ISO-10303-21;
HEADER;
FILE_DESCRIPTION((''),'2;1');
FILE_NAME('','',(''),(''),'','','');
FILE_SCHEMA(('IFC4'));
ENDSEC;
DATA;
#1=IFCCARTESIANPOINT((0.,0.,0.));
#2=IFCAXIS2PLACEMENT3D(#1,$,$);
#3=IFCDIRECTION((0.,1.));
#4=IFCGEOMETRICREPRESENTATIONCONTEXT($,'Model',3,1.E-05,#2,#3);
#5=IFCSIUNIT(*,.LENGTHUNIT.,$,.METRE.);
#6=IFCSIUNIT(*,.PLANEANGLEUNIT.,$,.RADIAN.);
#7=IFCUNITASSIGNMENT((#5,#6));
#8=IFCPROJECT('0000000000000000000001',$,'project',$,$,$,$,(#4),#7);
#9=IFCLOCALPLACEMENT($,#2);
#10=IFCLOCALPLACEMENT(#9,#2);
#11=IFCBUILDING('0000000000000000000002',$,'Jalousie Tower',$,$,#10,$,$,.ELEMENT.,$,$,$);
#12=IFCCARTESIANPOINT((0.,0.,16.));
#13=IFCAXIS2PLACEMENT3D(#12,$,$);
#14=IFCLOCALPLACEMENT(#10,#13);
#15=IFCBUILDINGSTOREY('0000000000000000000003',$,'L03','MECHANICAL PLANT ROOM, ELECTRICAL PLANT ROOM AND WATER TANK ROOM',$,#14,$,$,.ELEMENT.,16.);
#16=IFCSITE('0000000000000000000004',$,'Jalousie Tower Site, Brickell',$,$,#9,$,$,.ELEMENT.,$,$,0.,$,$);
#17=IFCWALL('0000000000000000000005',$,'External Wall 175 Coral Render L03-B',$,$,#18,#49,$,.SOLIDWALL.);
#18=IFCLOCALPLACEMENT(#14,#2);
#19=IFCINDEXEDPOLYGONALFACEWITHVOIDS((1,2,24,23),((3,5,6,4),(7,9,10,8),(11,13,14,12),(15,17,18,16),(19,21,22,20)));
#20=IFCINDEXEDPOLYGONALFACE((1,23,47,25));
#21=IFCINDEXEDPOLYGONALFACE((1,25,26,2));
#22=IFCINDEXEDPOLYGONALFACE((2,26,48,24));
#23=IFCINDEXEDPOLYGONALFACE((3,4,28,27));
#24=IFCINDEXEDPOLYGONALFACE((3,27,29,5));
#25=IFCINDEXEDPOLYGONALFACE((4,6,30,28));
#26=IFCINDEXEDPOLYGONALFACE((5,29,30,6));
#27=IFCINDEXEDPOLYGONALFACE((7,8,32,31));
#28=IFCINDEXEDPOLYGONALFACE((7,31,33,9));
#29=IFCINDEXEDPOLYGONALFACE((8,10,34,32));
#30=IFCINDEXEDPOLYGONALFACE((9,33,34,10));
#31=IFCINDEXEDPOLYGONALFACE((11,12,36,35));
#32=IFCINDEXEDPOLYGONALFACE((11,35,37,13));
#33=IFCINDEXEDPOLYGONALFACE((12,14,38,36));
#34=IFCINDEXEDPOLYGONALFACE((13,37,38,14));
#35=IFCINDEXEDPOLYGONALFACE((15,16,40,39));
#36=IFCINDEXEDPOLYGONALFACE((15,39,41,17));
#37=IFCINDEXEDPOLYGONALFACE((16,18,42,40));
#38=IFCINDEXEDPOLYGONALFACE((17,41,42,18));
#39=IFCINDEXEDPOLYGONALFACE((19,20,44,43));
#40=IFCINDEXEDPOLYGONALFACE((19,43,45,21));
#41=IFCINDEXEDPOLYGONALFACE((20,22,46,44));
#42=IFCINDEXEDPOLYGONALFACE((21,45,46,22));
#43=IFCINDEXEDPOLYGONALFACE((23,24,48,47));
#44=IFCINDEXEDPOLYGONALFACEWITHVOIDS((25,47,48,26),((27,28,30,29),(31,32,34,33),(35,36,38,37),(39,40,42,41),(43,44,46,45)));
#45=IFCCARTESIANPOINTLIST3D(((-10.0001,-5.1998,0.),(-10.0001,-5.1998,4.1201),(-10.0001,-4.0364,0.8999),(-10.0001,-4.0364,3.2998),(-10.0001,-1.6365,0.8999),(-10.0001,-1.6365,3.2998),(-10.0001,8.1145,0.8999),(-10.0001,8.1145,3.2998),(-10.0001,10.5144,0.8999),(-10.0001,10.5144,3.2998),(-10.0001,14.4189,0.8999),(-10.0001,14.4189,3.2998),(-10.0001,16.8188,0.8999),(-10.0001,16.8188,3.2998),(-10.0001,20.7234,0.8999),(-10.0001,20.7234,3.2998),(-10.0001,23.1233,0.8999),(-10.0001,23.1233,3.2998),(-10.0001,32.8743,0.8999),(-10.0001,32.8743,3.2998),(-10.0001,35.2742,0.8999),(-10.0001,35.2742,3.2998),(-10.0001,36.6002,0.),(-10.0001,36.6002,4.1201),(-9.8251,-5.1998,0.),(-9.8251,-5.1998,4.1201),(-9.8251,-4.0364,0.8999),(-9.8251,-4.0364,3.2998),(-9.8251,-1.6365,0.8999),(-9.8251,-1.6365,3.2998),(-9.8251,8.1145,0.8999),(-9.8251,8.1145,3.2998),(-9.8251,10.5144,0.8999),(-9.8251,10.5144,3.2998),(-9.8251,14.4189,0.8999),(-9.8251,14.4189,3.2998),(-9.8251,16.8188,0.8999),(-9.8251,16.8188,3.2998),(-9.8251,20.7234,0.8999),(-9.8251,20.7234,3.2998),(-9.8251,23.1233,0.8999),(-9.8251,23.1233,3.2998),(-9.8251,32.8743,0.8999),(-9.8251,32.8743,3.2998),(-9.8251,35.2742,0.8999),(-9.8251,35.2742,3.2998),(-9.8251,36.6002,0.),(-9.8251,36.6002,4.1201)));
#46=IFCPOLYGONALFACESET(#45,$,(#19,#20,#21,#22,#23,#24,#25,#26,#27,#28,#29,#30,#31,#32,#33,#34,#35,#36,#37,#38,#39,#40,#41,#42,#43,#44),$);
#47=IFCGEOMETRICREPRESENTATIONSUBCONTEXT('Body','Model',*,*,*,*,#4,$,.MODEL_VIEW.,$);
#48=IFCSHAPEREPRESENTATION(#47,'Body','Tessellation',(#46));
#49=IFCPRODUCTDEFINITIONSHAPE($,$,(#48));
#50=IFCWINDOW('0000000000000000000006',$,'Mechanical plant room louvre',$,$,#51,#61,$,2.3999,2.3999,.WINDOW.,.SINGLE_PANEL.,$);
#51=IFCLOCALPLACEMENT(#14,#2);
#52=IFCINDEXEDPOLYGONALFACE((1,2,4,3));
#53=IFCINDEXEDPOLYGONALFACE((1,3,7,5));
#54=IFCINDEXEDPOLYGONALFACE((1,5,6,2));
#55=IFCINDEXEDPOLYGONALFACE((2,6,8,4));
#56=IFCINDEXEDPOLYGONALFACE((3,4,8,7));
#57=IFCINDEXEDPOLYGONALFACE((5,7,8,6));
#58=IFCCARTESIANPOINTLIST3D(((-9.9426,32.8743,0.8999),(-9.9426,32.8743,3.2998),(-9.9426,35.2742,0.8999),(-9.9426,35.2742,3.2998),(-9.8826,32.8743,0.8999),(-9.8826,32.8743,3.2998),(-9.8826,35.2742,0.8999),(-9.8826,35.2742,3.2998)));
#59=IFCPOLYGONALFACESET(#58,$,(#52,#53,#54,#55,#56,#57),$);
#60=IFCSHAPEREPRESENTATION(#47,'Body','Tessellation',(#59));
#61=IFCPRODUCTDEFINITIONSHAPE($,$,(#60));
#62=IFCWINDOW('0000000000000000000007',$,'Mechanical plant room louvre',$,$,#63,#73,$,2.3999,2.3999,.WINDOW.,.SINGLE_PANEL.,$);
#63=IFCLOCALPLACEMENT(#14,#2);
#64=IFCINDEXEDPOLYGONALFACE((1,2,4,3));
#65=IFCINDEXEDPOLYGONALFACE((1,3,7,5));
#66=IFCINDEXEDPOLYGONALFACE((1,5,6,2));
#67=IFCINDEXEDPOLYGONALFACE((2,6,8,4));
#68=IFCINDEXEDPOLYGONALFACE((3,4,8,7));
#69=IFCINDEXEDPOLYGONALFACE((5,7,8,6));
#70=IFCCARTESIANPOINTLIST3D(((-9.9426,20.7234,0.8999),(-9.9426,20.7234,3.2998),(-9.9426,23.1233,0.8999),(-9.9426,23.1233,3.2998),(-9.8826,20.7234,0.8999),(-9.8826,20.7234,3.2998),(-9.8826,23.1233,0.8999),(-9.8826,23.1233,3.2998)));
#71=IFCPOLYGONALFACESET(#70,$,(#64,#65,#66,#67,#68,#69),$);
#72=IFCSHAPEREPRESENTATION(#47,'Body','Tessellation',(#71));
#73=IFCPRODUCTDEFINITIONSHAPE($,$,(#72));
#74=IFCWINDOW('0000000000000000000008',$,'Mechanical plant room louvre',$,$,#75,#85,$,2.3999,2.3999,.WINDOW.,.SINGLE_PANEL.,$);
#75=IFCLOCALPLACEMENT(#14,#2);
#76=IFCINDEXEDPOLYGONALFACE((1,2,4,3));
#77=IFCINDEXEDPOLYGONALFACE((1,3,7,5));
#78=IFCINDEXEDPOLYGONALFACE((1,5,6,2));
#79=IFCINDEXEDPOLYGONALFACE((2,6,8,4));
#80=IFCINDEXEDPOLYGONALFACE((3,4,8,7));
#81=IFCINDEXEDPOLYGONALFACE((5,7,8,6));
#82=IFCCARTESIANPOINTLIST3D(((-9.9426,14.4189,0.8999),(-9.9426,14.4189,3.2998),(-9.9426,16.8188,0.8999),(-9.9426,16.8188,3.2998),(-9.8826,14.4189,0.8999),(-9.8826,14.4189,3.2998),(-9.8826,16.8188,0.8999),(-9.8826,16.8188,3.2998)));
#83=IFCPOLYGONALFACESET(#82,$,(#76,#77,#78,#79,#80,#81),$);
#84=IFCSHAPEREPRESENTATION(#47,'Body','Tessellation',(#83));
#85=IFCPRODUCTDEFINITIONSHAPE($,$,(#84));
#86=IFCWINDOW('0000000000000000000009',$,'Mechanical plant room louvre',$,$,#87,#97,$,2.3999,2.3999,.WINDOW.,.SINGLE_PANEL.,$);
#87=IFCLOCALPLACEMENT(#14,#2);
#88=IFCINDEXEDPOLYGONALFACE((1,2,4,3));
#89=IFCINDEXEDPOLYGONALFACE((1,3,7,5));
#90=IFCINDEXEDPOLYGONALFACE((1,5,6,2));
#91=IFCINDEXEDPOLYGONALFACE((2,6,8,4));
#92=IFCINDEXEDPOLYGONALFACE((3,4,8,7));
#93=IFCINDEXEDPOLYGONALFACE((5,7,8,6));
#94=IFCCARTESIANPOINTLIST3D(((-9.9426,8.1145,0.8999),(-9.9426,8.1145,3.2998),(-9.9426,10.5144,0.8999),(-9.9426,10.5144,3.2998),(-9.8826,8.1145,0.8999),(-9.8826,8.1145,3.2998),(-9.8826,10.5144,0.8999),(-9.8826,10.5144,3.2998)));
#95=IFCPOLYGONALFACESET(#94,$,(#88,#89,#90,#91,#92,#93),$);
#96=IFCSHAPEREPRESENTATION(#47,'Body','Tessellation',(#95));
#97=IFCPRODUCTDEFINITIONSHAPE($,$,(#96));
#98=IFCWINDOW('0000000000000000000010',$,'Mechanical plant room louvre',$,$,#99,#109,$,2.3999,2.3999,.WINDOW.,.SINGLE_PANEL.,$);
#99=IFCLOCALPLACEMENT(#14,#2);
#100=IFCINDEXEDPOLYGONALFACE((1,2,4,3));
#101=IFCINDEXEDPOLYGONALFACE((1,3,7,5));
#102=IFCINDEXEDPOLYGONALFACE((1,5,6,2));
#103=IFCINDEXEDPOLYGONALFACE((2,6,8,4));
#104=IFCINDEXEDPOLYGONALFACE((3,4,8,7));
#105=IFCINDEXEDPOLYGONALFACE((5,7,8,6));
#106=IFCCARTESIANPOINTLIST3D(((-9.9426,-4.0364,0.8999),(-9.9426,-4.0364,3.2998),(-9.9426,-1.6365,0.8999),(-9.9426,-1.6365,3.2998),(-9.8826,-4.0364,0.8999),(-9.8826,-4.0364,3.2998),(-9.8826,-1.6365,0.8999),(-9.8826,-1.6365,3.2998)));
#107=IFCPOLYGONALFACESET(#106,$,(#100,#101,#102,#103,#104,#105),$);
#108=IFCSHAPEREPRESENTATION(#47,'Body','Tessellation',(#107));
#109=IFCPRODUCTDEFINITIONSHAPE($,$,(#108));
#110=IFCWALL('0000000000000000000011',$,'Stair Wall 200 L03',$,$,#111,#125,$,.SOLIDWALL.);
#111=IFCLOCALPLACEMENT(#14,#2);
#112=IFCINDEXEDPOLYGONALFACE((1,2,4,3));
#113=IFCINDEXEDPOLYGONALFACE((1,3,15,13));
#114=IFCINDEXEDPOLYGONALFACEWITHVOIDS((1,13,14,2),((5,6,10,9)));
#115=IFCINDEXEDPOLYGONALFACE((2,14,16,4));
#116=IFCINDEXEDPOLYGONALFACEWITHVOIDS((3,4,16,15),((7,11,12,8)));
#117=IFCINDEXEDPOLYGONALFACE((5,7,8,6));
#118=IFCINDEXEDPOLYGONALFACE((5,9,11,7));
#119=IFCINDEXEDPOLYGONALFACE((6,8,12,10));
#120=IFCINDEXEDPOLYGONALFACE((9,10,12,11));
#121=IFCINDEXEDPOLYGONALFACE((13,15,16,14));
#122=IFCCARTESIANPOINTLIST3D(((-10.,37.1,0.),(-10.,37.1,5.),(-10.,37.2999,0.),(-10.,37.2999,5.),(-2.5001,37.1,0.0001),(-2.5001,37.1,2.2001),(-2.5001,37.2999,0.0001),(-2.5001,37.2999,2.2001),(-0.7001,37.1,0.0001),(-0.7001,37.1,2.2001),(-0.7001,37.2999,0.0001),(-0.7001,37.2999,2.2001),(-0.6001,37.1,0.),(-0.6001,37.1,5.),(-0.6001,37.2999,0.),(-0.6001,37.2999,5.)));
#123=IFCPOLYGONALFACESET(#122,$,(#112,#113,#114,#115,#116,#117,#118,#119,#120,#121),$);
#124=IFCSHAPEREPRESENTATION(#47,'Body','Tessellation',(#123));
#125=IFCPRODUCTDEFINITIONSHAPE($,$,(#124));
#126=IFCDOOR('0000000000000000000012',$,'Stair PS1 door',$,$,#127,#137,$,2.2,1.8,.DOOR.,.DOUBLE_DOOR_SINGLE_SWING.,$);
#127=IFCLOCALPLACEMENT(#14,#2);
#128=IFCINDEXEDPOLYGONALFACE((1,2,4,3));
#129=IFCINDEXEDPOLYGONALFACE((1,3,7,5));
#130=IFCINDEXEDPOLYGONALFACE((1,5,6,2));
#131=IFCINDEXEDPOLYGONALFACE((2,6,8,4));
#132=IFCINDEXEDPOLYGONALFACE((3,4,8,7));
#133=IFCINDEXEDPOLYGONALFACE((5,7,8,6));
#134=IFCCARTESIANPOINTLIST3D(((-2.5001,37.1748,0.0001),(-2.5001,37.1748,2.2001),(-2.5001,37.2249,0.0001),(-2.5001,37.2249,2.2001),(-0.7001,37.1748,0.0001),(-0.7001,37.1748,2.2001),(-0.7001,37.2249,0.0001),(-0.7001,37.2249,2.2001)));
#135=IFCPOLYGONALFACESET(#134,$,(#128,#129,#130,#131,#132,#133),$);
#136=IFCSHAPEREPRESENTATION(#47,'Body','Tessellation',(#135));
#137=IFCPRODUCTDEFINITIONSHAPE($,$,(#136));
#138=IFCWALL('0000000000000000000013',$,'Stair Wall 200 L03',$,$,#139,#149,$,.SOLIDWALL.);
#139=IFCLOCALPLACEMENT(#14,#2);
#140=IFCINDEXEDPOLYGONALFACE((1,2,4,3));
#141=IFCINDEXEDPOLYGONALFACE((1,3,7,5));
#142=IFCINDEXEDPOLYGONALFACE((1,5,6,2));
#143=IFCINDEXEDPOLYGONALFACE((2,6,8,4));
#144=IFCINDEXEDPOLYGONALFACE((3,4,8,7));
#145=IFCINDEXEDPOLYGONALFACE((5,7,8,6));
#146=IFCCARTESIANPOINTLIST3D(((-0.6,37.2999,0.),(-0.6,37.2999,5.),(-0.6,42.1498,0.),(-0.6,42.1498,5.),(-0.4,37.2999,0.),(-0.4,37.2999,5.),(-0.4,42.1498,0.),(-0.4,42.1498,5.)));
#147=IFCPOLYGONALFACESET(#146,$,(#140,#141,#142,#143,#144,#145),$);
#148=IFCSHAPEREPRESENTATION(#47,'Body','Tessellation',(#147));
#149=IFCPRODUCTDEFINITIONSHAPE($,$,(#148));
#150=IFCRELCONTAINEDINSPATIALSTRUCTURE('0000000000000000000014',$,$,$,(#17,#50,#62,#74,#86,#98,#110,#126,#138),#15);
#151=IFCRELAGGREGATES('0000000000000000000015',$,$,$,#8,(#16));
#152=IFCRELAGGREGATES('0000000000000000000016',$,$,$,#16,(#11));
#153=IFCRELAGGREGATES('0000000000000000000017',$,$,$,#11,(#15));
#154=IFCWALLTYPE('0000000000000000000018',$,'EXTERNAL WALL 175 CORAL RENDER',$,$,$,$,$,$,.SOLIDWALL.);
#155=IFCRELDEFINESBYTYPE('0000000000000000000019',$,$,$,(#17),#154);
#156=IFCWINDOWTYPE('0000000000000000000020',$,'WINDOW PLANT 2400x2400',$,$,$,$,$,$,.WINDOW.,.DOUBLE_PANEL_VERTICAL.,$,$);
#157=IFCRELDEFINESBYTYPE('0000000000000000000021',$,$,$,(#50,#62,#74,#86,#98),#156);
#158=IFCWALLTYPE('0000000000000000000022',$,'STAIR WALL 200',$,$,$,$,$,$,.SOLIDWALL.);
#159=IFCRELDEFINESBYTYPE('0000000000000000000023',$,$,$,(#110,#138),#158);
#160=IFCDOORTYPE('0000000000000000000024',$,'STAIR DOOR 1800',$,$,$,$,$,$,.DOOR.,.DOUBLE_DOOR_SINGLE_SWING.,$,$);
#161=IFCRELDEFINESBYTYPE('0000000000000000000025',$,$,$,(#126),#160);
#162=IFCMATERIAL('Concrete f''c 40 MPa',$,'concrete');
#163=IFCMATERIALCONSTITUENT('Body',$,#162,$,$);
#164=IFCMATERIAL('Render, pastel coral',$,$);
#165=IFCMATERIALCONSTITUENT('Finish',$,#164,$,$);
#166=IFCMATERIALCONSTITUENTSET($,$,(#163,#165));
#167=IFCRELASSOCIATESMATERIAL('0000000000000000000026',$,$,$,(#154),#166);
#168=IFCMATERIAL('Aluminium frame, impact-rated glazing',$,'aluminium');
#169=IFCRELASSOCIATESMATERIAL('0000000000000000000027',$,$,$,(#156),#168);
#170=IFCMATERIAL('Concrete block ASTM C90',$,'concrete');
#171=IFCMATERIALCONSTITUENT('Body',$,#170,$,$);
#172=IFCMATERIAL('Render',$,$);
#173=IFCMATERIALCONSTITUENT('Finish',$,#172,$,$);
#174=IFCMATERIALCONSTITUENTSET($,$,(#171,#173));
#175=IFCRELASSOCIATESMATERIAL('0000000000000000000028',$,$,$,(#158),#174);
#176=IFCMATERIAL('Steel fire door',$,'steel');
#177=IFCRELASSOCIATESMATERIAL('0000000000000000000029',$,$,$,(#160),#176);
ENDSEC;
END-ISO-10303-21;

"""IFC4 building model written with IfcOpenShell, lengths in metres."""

from ifc_helpers import new_model, si_unit, direction, frame, frame_2d, origin, place, context, subcontext, project, spatial, rectangle, extrude, material, constituent, constituent_set, type_object, element, fill, save


model = new_model("IFC4")

# Units and contexts
model_context = context("Model", 3, precision=1e-05, world=origin(), true_north=direction((0.0, 1.0)))
body_context = subcontext(model_context, "Body", "Model", "MODEL_VIEW")
ifc_project = project(units=[si_unit("LENGTHUNIT", "METRE"), si_unit("PLANEANGLEUNIT", "RADIAN")], contexts=[model_context])

# Site, building, storey
site_placement = place(None, origin())
site = spatial("IfcSite", under=ifc_project, at=site_placement, Name="Jalousie Tower Site, Brickell", CompositionType="ELEMENT", RefElevation=0.0)
building_placement = place(site_placement, origin())
building = spatial("IfcBuilding", under=site, at=building_placement, Name="Jalousie Tower", CompositionType="ELEMENT")
storey_placement = place(building_placement, frame((0.0, 0.0, 16.0)))
storey = spatial("IfcBuildingStorey", under=building, at=storey_placement, Name="L03", Description="MECHANICAL PLANT ROOM, ELECTRICAL PLANT ROOM AND WATER TANK ROOM", CompositionType="ELEMENT", Elevation=16.0)

# Shared definitions
ifc_material_1 = material(Name="Concrete f'c 40 MPa", Category="concrete")
ifc_constituent_1 = constituent(ifc_material_1, Name="Body")
ifc_material_2 = material(Name="Render, pastel coral")
ifc_constituent_2 = constituent(ifc_material_2, Name="Finish")
ifc_constituent_set_1 = constituent_set(constituents=[ifc_constituent_1, ifc_constituent_2])
wall_type_1 = type_object("IfcWallType", Name="EXTERNAL WALL 175 CORAL RENDER", PredefinedType="SOLIDWALL", material=ifc_constituent_set_1)

# Wall, openings, windows
wall_1_placement = place(storey_placement, frame((-9.9126, 36.6001, 0.0), z_axis=(0.0, 0.0, 1.0), x_axis=(0.0, -1.0, 0.0)))
wall_1 = element("IfcWall", 1, at=wall_1_placement, inside=storey, type_object=wall_type_1, Name="External Wall 175 Coral Render L03-B", PredefinedType="SOLIDWALL", context=body_context, shape_type="SweptSolid", body=[
    extrude(rectangle(XDim=41.8, YDim=0.175, at=frame_2d((20.8999, 0.0))), origin(), (0.0, 0.0, 1.0), 4.1201),
])
opening_1_placement = place(wall_1_placement, frame((1.3259, 0.0, 0.8999)))
opening_1 = element("IfcOpeningElement", 2, at=opening_1_placement, cuts=wall_1, PredefinedType="OPENING", context=body_context, shape_type="SweptSolid", body=[
    extrude(rectangle(XDim=2.3999, YDim=2.3999, at=frame_2d((1.2, 1.2))), frame((0.0, 0.0974, 0.0), z_axis=(0.0, -1.0, 0.0), x_axis=(1.0, 0.0, 0.0)), (0.0, 0.0, 1.0), 0.1951),
])
opening_2_placement = place(wall_1_placement, frame((13.4768, 0.0, 0.8999)))
opening_2 = element("IfcOpeningElement", 3, at=opening_2_placement, cuts=wall_1, PredefinedType="OPENING", context=body_context, shape_type="SweptSolid", body=[
    extrude(rectangle(XDim=2.3999, YDim=2.3999, at=frame_2d((1.2, 1.2))), frame((0.0, 0.0974, 0.0), z_axis=(0.0, -1.0, 0.0), x_axis=(1.0, 0.0, 0.0)), (0.0, 0.0, 1.0), 0.1951),
])
opening_3_placement = place(wall_1_placement, frame((19.7812, 0.0, 0.8999)))
opening_3 = element("IfcOpeningElement", 4, at=opening_3_placement, cuts=wall_1, PredefinedType="OPENING", context=body_context, shape_type="SweptSolid", body=[
    extrude(rectangle(XDim=2.3999, YDim=2.3999, at=frame_2d((1.2, 1.2))), frame((0.0, 0.0974, 0.0), z_axis=(0.0, -1.0, 0.0), x_axis=(1.0, 0.0, 0.0)), (0.0, 0.0, 1.0), 0.1951),
])
opening_4_placement = place(wall_1_placement, frame((26.0857, 0.0, 0.8999)))
opening_4 = element("IfcOpeningElement", 5, at=opening_4_placement, cuts=wall_1, PredefinedType="OPENING", context=body_context, shape_type="SweptSolid", body=[
    extrude(rectangle(XDim=2.3999, YDim=2.3999, at=frame_2d((1.2, 1.2))), frame((0.0, 0.0974, 0.0), z_axis=(0.0, -1.0, 0.0), x_axis=(1.0, 0.0, 0.0)), (0.0, 0.0, 1.0), 0.1951),
])
opening_5_placement = place(wall_1_placement, frame((38.2366, 0.0, 0.8999)))
opening_5 = element("IfcOpeningElement", 6, at=opening_5_placement, cuts=wall_1, PredefinedType="OPENING", context=body_context, shape_type="SweptSolid", body=[
    extrude(rectangle(XDim=2.3999, YDim=2.3999, at=frame_2d((1.2, 1.2))), frame((0.0, 0.0974, 0.0), z_axis=(0.0, -1.0, 0.0), x_axis=(1.0, 0.0, 0.0)), (0.0, 0.0, 1.0), 0.1951),
])
ifc_material_3 = material(Name="Aluminium frame, impact-rated glazing", Category="aluminium")
window_type = type_object("IfcWindowType", Name="WINDOW PLANT 2400x2400", PartitioningType="DOUBLE_PANEL_VERTICAL", PredefinedType="WINDOW", material=ifc_material_3)
window_1_placement = place(opening_1_placement, origin())
window_1 = element("IfcWindow", 7, at=window_1_placement, inside=storey, type_object=window_type, Name="Mechanical plant room louvre", OverallHeight=2.3999, OverallWidth=2.3999, PartitioningType="SINGLE_PANEL", PredefinedType="WINDOW", context=body_context, shape_type="SweptSolid", body=[
    extrude(rectangle(XDim=2.3999, YDim=2.3999, at=frame_2d((1.2, 1.2))), frame((0.0, 0.03, 0.0), z_axis=(0.0, -1.0, 0.0), x_axis=(1.0, 0.0, 0.0)), (0.0, 0.0, 1.0), 0.0601),
])
fill(opening_1, window_1)
window_2_placement = place(opening_2_placement, origin())
window_2 = element("IfcWindow", 8, at=window_2_placement, inside=storey, type_object=window_type, Name="Mechanical plant room louvre", OverallHeight=2.3999, OverallWidth=2.3999, PartitioningType="SINGLE_PANEL", PredefinedType="WINDOW", context=body_context, shape_type="SweptSolid", body=[
    extrude(rectangle(XDim=2.3999, YDim=2.3999, at=frame_2d((1.2, 1.2))), frame((0.0, 0.03, 0.0), z_axis=(0.0, -1.0, 0.0), x_axis=(1.0, 0.0, 0.0)), (0.0, 0.0, 1.0), 0.0601),
])
fill(opening_2, window_2)
window_3_placement = place(opening_3_placement, origin())
window_3 = element("IfcWindow", 9, at=window_3_placement, inside=storey, type_object=window_type, Name="Mechanical plant room louvre", OverallHeight=2.3999, OverallWidth=2.3999, PartitioningType="SINGLE_PANEL", PredefinedType="WINDOW", context=body_context, shape_type="SweptSolid", body=[
    extrude(rectangle(XDim=2.3999, YDim=2.3999, at=frame_2d((1.2, 1.2))), frame((0.0, 0.03, 0.0), z_axis=(0.0, -1.0, 0.0), x_axis=(1.0, 0.0, 0.0)), (0.0, 0.0, 1.0), 0.0601),
])
fill(opening_3, window_3)
window_4_placement = place(opening_4_placement, origin())
window_4 = element("IfcWindow", 10, at=window_4_placement, inside=storey, type_object=window_type, Name="Mechanical plant room louvre", OverallHeight=2.3999, OverallWidth=2.3999, PartitioningType="SINGLE_PANEL", PredefinedType="WINDOW", context=body_context, shape_type="SweptSolid", body=[
    extrude(rectangle(XDim=2.3999, YDim=2.3999, at=frame_2d((1.2, 1.2))), frame((0.0, 0.03, 0.0), z_axis=(0.0, -1.0, 0.0), x_axis=(1.0, 0.0, 0.0)), (0.0, 0.0, 1.0), 0.0601),
])
fill(opening_4, window_4)
window_5_placement = place(opening_5_placement, origin())
window_5 = element("IfcWindow", 11, at=window_5_placement, inside=storey, type_object=window_type, Name="Mechanical plant room louvre", OverallHeight=2.3999, OverallWidth=2.3999, PartitioningType="SINGLE_PANEL", PredefinedType="WINDOW", context=body_context, shape_type="SweptSolid", body=[
    extrude(rectangle(XDim=2.3999, YDim=2.3999, at=frame_2d((1.2, 1.2))), frame((0.0, 0.03, 0.0), z_axis=(0.0, -1.0, 0.0), x_axis=(1.0, 0.0, 0.0)), (0.0, 0.0, 1.0), 0.0601),
])
fill(opening_5, window_5)

# Wall, opening, door
ifc_material_4 = material(Name="Concrete block ASTM C90", Category="concrete")
ifc_constituent_3 = constituent(ifc_material_4, Name="Body")
ifc_material_5 = material(Name="Render")
ifc_constituent_4 = constituent(ifc_material_5, Name="Finish")
ifc_constituent_set_2 = constituent_set(constituents=[ifc_constituent_3, ifc_constituent_4])
wall_type_2 = type_object("IfcWallType", Name="STAIR WALL 200", PredefinedType="SOLIDWALL", material=ifc_constituent_set_2)
wall_2_placement = place(storey_placement, frame((-10.0, 37.2, 0.0), z_axis=(0.0, 0.0, 1.0), x_axis=(1.0, 0.0, 0.0)))
wall_2 = element("IfcWall", 12, at=wall_2_placement, inside=storey, type_object=wall_type_2, Name="Stair Wall 200 L03", PredefinedType="SOLIDWALL", context=body_context, shape_type="SweptSolid", body=[
    extrude(rectangle(XDim=9.3999, YDim=0.2, at=frame_2d((4.7, 0.0))), origin(), (0.0, 0.0, 1.0), 5.0),
])
opening_6_placement = place(wall_2_placement, frame((7.5, 0.0, 0.0)))
opening_6 = element("IfcOpeningElement", 13, at=opening_6_placement, cuts=wall_2, PredefinedType="OPENING", context=body_context, shape_type="SweptSolid", body=[
    extrude(rectangle(XDim=1.8, YDim=2.2, at=frame_2d((0.8999, 1.1001))), frame((0.0, 0.1099, 0.0), z_axis=(0.0, -1.0, 0.0), x_axis=(1.0, 0.0, 0.0)), (0.0, 0.0, 1.0), 0.22),
])
ifc_material_6 = material(Name="Steel fire door", Category="steel")
door_type = type_object("IfcDoorType", Name="STAIR DOOR 1800", OperationType="DOUBLE_DOOR_SINGLE_SWING", PredefinedType="DOOR", material=ifc_material_6)
door_placement = place(opening_6_placement, origin())
door = element("IfcDoor", 14, at=door_placement, inside=storey, type_object=door_type, Name="Stair PS1 door", OperationType="DOUBLE_DOOR_SINGLE_SWING", OverallHeight=2.2, OverallWidth=1.8, PredefinedType="DOOR", context=body_context, shape_type="SweptSolid", body=[
    extrude(rectangle(XDim=1.8, YDim=2.2, at=frame_2d((0.8999, 1.1001))), frame((0.0, 0.0249, 0.0), z_axis=(0.0, -1.0, 0.0), x_axis=(1.0, 0.0, 0.0)), (0.0, 0.0, 1.0), 0.05),
])
fill(opening_6, door)

# Wall
wall_3_placement = place(storey_placement, frame((-0.5, 37.3, 0.0), z_axis=(0.0, 0.0, 1.0), x_axis=(0.0, 1.0, 0.0)))
element("IfcWall", 15, at=wall_3_placement, inside=storey, type_object=wall_type_2, Name="Stair Wall 200 L03", PredefinedType="SOLIDWALL", context=body_context, shape_type="SweptSolid", body=[
    extrude(rectangle(XDim=4.8499, YDim=0.2, at=frame_2d((2.4248, 0.0))), origin(), (0.0, 0.0, 1.0), 5.0),
])

save(model, "model.ifc")
